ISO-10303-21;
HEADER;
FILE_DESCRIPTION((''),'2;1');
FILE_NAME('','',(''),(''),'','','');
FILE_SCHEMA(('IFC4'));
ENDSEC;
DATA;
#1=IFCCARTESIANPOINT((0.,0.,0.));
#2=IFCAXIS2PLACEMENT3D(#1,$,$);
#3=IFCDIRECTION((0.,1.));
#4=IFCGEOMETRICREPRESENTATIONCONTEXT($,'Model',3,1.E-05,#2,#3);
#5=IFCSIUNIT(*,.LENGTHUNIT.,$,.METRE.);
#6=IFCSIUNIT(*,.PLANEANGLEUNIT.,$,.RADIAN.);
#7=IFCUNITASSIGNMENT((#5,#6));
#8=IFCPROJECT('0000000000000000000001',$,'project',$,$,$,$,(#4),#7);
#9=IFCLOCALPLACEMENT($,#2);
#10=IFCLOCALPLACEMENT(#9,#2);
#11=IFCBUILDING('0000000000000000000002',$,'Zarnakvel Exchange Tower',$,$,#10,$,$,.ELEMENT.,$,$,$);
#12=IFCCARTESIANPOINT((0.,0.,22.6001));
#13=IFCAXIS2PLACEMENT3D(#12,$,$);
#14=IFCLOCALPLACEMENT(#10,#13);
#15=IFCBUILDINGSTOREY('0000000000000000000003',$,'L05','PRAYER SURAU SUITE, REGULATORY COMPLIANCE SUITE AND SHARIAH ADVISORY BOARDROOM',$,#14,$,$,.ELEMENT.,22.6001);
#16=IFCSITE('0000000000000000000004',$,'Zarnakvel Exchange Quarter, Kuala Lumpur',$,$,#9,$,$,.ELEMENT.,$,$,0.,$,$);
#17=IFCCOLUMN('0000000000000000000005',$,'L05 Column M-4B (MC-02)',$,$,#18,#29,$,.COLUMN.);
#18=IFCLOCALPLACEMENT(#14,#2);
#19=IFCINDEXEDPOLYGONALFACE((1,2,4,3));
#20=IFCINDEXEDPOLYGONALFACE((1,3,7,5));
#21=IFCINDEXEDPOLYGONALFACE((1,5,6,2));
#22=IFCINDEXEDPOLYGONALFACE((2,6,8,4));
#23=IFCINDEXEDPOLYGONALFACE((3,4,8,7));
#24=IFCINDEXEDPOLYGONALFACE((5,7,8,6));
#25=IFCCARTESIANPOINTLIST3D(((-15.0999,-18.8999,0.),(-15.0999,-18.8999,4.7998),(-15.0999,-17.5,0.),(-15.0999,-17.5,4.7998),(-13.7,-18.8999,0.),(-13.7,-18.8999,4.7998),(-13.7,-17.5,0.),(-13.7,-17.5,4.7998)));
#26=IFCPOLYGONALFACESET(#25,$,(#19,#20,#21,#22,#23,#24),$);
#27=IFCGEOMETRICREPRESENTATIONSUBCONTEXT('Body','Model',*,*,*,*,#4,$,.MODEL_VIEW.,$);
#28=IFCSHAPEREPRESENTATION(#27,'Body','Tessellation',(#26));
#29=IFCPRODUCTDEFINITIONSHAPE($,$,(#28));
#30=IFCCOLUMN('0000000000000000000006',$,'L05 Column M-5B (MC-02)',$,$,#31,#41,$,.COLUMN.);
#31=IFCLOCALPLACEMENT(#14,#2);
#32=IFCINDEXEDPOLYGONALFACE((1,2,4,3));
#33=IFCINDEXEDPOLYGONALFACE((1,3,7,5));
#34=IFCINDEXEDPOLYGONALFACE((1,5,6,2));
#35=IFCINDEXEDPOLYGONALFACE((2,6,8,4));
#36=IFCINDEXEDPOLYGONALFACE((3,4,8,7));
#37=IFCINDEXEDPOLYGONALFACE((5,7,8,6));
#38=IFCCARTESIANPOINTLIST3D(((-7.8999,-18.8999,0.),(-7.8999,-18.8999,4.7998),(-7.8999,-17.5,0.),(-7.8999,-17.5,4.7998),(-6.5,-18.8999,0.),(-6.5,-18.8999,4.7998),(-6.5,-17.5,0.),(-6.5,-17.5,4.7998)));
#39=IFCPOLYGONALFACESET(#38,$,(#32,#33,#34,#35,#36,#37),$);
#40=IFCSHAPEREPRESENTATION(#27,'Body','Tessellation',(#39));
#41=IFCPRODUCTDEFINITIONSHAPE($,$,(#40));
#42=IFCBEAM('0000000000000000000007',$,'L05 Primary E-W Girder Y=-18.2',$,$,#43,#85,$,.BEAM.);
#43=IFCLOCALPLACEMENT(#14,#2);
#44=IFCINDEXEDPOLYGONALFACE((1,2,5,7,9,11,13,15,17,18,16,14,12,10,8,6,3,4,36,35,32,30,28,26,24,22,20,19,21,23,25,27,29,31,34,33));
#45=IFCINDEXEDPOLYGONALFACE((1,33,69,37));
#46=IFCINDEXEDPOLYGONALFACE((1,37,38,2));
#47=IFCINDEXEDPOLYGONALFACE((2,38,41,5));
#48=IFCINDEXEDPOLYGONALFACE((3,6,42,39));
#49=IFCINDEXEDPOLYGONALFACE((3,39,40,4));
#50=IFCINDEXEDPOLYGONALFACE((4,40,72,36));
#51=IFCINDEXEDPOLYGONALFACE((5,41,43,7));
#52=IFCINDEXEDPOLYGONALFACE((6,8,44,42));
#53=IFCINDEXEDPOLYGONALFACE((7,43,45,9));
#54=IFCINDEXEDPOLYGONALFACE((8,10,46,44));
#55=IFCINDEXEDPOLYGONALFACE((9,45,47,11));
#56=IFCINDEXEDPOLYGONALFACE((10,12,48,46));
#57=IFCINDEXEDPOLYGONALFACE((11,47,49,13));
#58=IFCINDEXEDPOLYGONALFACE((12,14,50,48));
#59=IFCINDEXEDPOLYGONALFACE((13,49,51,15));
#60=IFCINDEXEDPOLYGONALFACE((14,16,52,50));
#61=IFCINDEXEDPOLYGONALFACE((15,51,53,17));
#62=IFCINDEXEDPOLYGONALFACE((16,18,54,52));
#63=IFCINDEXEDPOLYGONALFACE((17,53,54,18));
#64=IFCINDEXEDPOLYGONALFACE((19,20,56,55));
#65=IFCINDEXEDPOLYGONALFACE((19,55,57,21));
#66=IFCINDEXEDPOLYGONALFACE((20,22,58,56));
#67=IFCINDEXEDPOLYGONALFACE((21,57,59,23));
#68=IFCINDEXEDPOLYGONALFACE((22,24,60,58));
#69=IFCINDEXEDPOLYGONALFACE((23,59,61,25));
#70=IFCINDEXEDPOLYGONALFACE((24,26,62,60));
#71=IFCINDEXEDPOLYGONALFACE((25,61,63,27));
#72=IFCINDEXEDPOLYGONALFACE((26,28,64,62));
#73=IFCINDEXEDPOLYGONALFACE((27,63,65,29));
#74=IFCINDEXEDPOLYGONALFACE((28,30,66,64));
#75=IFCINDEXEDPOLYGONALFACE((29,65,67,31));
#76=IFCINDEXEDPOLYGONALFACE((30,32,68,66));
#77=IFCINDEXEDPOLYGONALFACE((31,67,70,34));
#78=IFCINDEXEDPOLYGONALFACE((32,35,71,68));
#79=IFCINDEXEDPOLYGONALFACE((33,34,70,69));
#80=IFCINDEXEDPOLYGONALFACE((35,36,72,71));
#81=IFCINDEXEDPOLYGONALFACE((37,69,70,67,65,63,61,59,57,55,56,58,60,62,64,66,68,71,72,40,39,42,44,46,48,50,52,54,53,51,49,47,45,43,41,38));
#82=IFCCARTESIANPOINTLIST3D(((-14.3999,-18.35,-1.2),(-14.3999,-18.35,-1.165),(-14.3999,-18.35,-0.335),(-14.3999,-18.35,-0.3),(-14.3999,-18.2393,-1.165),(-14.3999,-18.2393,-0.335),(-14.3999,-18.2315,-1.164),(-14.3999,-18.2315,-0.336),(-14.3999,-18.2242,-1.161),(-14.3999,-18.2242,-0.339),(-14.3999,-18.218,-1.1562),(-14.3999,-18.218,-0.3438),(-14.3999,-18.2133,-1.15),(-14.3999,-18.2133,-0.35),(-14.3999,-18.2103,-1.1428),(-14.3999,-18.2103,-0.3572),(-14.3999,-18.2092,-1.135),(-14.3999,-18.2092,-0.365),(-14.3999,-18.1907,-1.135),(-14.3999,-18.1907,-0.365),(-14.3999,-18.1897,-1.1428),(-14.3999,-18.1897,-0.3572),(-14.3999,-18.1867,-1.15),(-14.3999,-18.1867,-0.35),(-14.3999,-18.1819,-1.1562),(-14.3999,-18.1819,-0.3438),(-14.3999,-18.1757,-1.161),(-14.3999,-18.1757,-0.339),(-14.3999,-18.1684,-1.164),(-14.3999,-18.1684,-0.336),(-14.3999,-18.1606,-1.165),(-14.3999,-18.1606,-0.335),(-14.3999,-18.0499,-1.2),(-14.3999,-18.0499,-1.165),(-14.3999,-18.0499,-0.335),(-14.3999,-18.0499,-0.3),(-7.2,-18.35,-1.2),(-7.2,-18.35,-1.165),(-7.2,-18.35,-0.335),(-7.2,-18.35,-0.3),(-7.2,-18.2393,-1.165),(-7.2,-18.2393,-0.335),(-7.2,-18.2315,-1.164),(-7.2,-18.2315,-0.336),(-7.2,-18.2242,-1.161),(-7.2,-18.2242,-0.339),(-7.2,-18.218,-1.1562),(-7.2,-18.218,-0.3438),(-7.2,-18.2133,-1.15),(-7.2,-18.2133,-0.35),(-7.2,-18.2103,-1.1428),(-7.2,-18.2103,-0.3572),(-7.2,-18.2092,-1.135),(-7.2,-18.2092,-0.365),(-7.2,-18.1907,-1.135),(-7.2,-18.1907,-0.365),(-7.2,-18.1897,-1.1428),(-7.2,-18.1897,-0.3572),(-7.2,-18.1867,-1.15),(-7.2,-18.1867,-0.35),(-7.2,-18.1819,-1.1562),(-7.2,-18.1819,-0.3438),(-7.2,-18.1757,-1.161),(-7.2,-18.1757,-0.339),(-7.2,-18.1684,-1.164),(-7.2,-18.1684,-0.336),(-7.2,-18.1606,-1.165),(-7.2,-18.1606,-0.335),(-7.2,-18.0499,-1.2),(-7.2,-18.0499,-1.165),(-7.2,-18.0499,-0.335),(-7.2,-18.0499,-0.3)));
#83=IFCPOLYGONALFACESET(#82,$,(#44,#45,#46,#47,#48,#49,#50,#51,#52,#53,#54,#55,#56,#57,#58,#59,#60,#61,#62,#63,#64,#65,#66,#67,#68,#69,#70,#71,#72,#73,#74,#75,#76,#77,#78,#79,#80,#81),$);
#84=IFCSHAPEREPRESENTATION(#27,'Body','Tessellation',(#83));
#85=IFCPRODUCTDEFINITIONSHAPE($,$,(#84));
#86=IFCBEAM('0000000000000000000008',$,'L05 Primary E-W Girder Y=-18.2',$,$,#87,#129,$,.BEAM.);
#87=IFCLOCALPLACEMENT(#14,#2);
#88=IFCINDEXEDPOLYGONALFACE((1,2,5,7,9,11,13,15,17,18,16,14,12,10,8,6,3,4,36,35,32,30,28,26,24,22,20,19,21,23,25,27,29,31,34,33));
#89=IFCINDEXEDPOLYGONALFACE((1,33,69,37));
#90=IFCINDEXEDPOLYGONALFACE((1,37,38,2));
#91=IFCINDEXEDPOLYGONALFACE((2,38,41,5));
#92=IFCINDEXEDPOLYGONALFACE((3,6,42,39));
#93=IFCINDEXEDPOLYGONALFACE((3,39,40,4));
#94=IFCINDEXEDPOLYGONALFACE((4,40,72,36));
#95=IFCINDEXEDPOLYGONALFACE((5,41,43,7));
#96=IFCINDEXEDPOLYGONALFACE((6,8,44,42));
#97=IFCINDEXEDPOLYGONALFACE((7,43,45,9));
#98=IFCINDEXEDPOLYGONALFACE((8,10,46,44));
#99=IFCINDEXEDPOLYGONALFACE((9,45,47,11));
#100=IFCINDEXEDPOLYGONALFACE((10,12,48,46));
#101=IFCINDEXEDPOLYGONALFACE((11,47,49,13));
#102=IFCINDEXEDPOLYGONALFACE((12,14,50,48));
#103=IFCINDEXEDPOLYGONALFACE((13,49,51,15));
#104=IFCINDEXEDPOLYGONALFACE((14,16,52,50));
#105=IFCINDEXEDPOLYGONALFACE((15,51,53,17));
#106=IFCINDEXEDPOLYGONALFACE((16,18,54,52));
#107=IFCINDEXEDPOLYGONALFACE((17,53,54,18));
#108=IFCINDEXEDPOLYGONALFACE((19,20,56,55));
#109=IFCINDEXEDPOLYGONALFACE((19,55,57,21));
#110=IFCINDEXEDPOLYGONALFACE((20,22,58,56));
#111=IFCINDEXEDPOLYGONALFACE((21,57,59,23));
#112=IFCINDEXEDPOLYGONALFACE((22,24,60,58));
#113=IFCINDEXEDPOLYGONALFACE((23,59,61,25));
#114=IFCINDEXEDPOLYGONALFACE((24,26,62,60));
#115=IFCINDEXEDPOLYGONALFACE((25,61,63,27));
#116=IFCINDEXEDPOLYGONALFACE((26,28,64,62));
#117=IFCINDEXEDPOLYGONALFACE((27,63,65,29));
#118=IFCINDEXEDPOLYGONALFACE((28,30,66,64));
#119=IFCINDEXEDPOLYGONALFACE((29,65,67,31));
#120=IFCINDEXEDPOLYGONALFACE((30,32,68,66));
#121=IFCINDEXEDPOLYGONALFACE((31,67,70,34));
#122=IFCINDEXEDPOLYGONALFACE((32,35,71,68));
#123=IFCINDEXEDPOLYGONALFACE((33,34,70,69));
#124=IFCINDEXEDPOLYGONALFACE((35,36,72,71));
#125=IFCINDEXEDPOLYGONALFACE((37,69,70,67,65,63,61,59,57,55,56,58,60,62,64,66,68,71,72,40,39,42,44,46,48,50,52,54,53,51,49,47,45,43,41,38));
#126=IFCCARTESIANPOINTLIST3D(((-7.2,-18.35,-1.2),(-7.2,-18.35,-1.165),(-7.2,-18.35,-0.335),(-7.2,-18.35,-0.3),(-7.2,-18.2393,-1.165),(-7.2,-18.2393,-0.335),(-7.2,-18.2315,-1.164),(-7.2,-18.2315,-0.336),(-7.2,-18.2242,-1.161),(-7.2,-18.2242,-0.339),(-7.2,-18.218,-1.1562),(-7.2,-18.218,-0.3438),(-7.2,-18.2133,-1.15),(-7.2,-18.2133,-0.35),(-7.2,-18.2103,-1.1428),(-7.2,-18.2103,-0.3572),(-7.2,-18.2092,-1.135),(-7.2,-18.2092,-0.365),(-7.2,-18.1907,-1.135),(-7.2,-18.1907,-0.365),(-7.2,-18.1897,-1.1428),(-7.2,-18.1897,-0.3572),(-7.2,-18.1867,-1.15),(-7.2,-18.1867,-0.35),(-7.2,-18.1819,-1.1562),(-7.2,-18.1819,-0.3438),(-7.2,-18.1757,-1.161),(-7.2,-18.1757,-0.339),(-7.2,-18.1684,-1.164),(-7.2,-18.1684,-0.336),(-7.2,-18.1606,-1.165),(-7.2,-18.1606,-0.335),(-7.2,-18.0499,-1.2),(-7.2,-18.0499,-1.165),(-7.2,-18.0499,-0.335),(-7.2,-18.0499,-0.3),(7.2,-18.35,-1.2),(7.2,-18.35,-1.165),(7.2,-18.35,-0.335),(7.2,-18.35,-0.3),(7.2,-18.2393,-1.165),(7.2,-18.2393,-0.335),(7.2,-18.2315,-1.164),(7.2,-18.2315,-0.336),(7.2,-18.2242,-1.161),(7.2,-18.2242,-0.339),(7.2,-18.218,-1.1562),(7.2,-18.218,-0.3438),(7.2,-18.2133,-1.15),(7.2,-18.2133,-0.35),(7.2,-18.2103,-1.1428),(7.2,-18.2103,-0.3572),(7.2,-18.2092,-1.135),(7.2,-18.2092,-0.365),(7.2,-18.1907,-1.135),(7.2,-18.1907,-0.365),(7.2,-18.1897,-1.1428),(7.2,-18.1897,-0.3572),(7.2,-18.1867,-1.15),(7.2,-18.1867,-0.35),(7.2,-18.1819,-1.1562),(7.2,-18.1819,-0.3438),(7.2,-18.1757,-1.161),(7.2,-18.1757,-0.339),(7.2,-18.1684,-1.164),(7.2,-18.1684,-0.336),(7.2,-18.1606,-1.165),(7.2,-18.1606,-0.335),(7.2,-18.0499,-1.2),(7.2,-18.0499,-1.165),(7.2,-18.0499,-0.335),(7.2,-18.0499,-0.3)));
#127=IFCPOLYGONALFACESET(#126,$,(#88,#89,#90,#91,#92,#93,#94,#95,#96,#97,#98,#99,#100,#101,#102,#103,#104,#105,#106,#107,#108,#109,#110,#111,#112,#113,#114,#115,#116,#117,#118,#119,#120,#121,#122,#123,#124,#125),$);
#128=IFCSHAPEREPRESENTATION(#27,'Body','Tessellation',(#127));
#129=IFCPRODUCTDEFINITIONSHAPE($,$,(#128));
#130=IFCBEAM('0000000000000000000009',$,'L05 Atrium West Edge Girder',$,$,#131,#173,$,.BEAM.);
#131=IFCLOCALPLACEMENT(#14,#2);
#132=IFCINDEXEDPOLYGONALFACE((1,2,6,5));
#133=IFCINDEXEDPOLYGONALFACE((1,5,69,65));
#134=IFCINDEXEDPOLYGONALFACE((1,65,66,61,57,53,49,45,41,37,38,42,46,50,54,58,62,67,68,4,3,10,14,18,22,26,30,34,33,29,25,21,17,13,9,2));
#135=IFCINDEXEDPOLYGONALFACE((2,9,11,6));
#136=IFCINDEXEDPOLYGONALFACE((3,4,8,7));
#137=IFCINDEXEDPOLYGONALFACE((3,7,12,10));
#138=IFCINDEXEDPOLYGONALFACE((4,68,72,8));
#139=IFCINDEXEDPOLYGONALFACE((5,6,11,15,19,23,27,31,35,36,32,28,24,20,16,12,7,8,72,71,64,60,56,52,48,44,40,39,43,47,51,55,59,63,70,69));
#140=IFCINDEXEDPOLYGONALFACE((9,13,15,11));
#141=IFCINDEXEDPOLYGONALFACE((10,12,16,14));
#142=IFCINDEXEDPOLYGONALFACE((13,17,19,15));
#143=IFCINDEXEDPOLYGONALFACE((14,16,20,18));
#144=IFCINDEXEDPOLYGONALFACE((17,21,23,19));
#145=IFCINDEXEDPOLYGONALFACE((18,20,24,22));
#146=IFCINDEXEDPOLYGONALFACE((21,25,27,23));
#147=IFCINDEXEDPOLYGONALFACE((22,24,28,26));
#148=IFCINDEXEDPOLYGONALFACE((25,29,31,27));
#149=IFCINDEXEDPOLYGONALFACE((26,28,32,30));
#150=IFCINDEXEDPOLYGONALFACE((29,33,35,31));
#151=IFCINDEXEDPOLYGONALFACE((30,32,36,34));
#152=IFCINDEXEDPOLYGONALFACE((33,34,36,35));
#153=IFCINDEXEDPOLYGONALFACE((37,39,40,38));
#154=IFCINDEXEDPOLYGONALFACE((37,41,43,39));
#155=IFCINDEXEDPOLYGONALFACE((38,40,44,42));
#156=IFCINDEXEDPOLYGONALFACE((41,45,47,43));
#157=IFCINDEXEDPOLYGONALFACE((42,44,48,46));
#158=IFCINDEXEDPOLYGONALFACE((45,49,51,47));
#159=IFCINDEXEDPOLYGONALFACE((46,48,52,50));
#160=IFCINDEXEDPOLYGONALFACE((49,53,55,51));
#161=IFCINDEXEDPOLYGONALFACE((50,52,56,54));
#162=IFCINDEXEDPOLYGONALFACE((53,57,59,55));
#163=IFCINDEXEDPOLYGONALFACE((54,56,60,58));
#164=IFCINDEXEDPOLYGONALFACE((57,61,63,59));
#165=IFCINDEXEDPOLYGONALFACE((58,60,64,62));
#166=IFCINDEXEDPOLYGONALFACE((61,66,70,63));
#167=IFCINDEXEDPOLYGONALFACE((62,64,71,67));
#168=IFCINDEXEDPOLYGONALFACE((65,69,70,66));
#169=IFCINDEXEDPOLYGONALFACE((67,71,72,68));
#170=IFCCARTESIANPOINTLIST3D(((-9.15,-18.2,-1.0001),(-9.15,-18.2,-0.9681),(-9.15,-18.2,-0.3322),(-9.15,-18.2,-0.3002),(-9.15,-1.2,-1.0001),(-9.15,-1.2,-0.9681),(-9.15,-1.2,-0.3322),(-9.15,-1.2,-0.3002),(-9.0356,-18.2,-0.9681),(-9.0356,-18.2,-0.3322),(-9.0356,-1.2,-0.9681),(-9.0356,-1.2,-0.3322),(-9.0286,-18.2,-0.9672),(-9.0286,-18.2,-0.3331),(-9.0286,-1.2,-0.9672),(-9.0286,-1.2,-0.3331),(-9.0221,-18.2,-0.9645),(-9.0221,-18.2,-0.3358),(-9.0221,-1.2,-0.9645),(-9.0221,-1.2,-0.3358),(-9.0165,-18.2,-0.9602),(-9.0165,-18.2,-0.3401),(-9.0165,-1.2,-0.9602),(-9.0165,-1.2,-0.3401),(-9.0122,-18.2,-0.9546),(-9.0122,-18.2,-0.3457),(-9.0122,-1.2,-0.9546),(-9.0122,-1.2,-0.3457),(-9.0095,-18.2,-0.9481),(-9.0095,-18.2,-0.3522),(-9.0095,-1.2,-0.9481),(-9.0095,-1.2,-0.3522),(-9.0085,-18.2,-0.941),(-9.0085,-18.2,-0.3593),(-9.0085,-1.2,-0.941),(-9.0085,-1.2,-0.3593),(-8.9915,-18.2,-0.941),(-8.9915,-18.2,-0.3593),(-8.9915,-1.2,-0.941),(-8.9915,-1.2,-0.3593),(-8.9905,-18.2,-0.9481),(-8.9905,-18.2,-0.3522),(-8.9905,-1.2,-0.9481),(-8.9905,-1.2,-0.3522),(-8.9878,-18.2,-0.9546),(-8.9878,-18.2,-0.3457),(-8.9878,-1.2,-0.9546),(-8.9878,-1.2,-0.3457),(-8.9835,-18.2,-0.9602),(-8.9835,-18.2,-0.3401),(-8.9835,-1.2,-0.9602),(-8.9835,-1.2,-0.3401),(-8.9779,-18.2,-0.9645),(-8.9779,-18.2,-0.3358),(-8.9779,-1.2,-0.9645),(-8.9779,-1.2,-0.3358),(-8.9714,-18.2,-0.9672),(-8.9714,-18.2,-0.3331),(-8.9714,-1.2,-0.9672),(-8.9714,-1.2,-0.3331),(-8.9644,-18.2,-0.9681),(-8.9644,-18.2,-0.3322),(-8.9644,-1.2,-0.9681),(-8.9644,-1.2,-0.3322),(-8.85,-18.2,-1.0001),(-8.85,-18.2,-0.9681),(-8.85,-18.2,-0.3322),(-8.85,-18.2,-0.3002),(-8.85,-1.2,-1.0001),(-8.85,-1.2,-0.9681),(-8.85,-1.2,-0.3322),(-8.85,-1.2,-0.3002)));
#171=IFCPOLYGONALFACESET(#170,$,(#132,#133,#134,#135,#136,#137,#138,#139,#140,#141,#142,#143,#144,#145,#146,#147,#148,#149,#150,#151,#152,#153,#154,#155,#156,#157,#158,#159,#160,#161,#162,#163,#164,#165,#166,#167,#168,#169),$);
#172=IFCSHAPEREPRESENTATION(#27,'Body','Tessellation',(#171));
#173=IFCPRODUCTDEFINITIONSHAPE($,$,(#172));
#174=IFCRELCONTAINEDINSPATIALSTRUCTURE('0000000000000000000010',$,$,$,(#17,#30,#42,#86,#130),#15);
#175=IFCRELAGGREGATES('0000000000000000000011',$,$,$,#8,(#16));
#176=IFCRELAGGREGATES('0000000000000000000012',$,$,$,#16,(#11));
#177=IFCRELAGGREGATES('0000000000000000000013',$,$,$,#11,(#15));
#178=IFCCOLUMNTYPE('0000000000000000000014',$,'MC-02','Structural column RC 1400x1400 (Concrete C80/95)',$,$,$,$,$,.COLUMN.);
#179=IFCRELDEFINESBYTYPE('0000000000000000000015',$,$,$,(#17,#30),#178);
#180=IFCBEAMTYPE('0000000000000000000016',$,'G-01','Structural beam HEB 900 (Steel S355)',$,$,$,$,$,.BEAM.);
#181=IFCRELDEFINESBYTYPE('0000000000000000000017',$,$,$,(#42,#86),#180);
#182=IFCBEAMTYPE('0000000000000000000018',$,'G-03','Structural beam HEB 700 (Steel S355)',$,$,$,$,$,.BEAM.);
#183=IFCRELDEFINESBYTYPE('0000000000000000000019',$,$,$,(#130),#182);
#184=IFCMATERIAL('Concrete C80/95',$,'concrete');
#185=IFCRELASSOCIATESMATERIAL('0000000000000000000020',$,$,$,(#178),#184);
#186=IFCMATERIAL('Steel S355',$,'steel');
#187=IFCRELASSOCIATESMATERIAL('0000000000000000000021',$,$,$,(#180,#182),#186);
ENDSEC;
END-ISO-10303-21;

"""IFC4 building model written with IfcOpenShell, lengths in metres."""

from ifc_helpers import new_model, si_unit, direction, frame, origin, origin_2d, place, context, subcontext, project, spatial, rectangle, i_section, extrude, material, material_profile, profile_set, type_object, element, save


model = new_model("IFC4")

# Units and contexts
model_context = context("Model", 3, precision=1e-05, world=origin(), true_north=direction((0.0, 1.0)))
body_context = subcontext(model_context, "Body", "Model", "MODEL_VIEW")
ifc_project = project(units=[si_unit("LENGTHUNIT", "METRE"), si_unit("PLANEANGLEUNIT", "RADIAN")], contexts=[model_context])

# Site, building, storey
site_placement = place(None, origin())
site = spatial("IfcSite", under=ifc_project, at=site_placement, Name="Zarnakvel Exchange Quarter, Kuala Lumpur", CompositionType="ELEMENT", RefElevation=0.0)
building_placement = place(site_placement, origin())
building = spatial("IfcBuilding", under=site, at=building_placement, Name="Zarnakvel Exchange Tower", CompositionType="ELEMENT")
storey_placement = place(building_placement, frame((0.0, 0.0, 22.6001)))
storey = spatial("IfcBuildingStorey", under=building, at=storey_placement, Name="L05", Description="PRAYER SURAU SUITE, REGULATORY COMPLIANCE SUITE AND SHARIAH ADVISORY BOARDROOM", CompositionType="ELEMENT", Elevation=22.6001)

# Columns
ifc_material_1 = material(Name="Concrete C80/95", Category="concrete")
ifc_material_profile_1 = material_profile(ifc_material_1, rectangle(XDim=1.3999, YDim=1.3999, at=origin_2d()))
ifc_profile_set_1 = profile_set([ifc_material_profile_1], Name="Concrete C80/95")
column_type = type_object("IfcColumnType", Name="MC-02", Description="Structural column RC 1400x1400 (Concrete C80/95)", PredefinedType="COLUMN", material=ifc_profile_set_1)
for number, where, z_axis, x_axis, name in (
    (1, (-14.3999, -18.2, 0.0), (0.0, 0.0, 1.0), (1.0, 0.0, 0.0), "L05 Column M-4B (MC-02)"),
    (2, (-7.2, -18.2, 0.0), (0.0, 0.0, 1.0), (1.0, 0.0, 0.0), "L05 Column M-5B (MC-02)"),
):
    element("IfcColumn", number, at=place(storey_placement, frame(where, z_axis=z_axis, x_axis=x_axis)), inside=storey, type_object=column_type, Name=name, PredefinedType="COLUMN", context=body_context, shape_type="SweptSolid", body=[
        extrude(rectangle(XDim=1.3999, YDim=1.3999, at=origin_2d()), origin(), (0.0, 0.0, 1.0), 4.7998),
    ])

# Beams
ifc_material_2 = material(Name="Steel S355", Category="steel")
ifc_material_profile_2 = material_profile(ifc_material_2, i_section(OverallWidth=0.3, OverallDepth=0.8999, WebThickness=0.0186, FlangeThickness=0.0349, FilletRadius=0.03, at=origin_2d()))
ifc_profile_set_2 = profile_set([ifc_material_profile_2], Name="Steel S355")
beam_type_1 = type_object("IfcBeamType", Name="G-01", Description="Structural beam HEB 900 (Steel S355)", PredefinedType="BEAM", material=ifc_profile_set_2)
beam_1_placement = place(storey_placement, frame((-14.3999, -18.2, -0.75), z_axis=(1.0, 0.0, 0.0), x_axis=(0.0, 1.0, 0.0)))
element("IfcBeam", 3, at=beam_1_placement, inside=storey, type_object=beam_type_1, Name="L05 Primary E-W Girder Y=-18.2", PredefinedType="BEAM", context=body_context, shape_type="SweptSolid", body=[
    extrude(i_section(OverallWidth=0.3, OverallDepth=0.8999, WebThickness=0.0186, FlangeThickness=0.0349, FilletRadius=0.03, at=origin_2d()), origin(), (0.0, 0.0, 1.0), 7.2),
])
beam_2_placement = place(storey_placement, frame((-7.2, -18.2, -0.75), z_axis=(1.0, 0.0, 0.0), x_axis=(0.0, 1.0, 0.0)))
element("IfcBeam", 4, at=beam_2_placement, inside=storey, type_object=beam_type_1, Name="L05 Primary E-W Girder Y=-18.2", PredefinedType="BEAM", context=body_context, shape_type="SweptSolid", body=[
    extrude(i_section(OverallWidth=0.3, OverallDepth=0.8999, WebThickness=0.0186, FlangeThickness=0.0349, FilletRadius=0.03, at=origin_2d()), origin(), (0.0, 0.0, 1.0), 14.3999),
])
ifc_material_profile_3 = material_profile(ifc_material_2, i_section(OverallWidth=0.3, OverallDepth=0.7, WebThickness=0.0171, FlangeThickness=0.032, FilletRadius=0.0271, at=origin_2d()))
ifc_profile_set_3 = profile_set([ifc_material_profile_3], Name="Steel S355")
beam_type_2 = type_object("IfcBeamType", Name="G-03", Description="Structural beam HEB 700 (Steel S355)", PredefinedType="BEAM", material=ifc_profile_set_3)
beam_3_placement = place(storey_placement, frame((-9.0, -18.2, -0.6501), z_axis=(0.0, 1.0, 0.0), x_axis=(-1.0, 0.0, 0.0)))
element("IfcBeam", 5, at=beam_3_placement, inside=storey, type_object=beam_type_2, Name="L05 Atrium West Edge Girder", PredefinedType="BEAM", context=body_context, shape_type="SweptSolid", body=[
    extrude(i_section(OverallWidth=0.3, OverallDepth=0.7, WebThickness=0.0171, FlangeThickness=0.032, FilletRadius=0.0271, at=origin_2d()), origin(), (0.0, 0.0, 1.0), 17.0),
])

save(model, "model.ifc")
